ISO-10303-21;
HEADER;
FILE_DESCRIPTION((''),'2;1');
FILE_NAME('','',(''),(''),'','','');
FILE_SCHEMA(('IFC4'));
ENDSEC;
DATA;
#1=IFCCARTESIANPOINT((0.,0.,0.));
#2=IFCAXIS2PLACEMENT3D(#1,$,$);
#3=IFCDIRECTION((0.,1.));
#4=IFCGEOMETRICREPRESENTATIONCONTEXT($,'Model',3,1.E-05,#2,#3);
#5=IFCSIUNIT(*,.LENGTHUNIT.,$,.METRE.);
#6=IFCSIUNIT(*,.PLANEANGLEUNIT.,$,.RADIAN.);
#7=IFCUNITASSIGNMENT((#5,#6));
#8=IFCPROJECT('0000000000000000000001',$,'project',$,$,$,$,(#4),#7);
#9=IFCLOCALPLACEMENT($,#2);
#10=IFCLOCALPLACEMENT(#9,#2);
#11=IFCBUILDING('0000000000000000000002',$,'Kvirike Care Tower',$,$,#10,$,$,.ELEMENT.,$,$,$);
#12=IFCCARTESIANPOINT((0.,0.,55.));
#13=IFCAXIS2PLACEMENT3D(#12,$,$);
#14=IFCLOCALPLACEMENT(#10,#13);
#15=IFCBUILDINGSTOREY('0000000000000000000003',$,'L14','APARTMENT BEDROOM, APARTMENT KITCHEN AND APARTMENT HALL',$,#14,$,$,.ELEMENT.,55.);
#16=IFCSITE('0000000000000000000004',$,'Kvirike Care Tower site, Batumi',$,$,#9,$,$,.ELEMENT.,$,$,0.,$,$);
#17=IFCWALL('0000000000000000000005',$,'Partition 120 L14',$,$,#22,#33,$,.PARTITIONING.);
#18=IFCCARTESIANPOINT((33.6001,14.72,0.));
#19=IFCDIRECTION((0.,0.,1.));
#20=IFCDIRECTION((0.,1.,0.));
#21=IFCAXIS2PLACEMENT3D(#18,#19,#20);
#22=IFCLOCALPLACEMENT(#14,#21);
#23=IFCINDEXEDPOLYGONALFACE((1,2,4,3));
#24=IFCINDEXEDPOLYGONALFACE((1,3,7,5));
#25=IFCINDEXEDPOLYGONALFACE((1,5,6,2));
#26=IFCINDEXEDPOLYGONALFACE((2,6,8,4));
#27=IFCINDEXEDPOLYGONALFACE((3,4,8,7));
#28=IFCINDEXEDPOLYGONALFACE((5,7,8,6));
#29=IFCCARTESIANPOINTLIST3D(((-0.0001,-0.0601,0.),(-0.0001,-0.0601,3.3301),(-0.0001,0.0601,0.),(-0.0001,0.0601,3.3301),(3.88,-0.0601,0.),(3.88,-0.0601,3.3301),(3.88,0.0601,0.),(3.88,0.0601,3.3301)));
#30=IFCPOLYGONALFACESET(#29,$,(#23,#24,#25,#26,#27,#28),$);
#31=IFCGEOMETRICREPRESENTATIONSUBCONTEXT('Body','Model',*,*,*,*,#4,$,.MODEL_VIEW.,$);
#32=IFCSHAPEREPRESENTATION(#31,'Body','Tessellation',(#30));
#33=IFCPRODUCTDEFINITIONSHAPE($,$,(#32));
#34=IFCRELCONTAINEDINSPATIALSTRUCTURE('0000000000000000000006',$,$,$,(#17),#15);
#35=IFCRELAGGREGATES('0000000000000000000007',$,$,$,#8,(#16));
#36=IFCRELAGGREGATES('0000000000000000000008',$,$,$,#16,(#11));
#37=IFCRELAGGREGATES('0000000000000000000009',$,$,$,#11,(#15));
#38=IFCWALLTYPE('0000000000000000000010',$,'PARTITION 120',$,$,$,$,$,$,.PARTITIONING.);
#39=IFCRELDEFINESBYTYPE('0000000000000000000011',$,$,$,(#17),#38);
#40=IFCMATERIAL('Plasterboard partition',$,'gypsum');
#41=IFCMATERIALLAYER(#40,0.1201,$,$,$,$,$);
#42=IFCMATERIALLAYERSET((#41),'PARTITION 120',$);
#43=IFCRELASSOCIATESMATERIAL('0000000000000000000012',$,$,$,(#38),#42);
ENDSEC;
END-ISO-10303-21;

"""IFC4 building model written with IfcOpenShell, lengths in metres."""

from ifc_helpers import new_model, si_unit, direction, frame, frame_2d, origin, place, context, subcontext, project, spatial, rectangle, extrude, material, layer, layer_set, type_object, element, save


model = new_model("IFC4")

# Units and contexts
model_context = context("Model", 3, precision=1e-05, world=origin(), true_north=direction((0.0, 1.0)))
body_context = subcontext(model_context, "Body", "Model", "MODEL_VIEW")
ifc_project = project(units=[si_unit("LENGTHUNIT", "METRE"), si_unit("PLANEANGLEUNIT", "RADIAN")], contexts=[model_context])

# Site, building, storey
site_placement = place(None, origin())
site = spatial("IfcSite", under=ifc_project, at=site_placement, Name="Kvirike Care Tower site, Batumi", CompositionType="ELEMENT", RefElevation=0.0)
building_placement = place(site_placement, origin())
building = spatial("IfcBuilding", under=site, at=building_placement, Name="Kvirike Care Tower", CompositionType="ELEMENT")
storey_placement = place(building_placement, frame((0.0, 0.0, 55.0)))
storey = spatial("IfcBuildingStorey", under=building, at=storey_placement, Name="L14", Description="APARTMENT BEDROOM, APARTMENT KITCHEN AND APARTMENT HALL", CompositionType="ELEMENT", Elevation=55.0)

# Shared definitions
ifc_material_1 = material(Name="Plasterboard partition", Category="gypsum")
ifc_layer_1 = layer(ifc_material_1, 0.1201)
ifc_layer_set_1 = layer_set([ifc_layer_1], Name="PARTITION 120")
wall_type_1 = type_object("IfcWallType", Name="PARTITION 120", PredefinedType="PARTITIONING", material=ifc_layer_set_1)

# Wall
wall_1_placement = place(storey_placement, frame((33.6001, 14.72, 0.0), z_axis=(0.0, 0.0, 1.0), x_axis=(0.0, 1.0, 0.0)))
element("IfcWall", 1, at=wall_1_placement, inside=storey, type_object=wall_type_1, Name="Partition 120 L14", PredefinedType="PARTITIONING", context=body_context, shape_type="SweptSolid", body=[
    extrude(rectangle(XDim=3.8801, YDim=0.1201, at=frame_2d((1.9399, 0.0))), origin(), (0.0, 0.0, 1.0), 3.3301),
])

save(model, "model.ifc")
